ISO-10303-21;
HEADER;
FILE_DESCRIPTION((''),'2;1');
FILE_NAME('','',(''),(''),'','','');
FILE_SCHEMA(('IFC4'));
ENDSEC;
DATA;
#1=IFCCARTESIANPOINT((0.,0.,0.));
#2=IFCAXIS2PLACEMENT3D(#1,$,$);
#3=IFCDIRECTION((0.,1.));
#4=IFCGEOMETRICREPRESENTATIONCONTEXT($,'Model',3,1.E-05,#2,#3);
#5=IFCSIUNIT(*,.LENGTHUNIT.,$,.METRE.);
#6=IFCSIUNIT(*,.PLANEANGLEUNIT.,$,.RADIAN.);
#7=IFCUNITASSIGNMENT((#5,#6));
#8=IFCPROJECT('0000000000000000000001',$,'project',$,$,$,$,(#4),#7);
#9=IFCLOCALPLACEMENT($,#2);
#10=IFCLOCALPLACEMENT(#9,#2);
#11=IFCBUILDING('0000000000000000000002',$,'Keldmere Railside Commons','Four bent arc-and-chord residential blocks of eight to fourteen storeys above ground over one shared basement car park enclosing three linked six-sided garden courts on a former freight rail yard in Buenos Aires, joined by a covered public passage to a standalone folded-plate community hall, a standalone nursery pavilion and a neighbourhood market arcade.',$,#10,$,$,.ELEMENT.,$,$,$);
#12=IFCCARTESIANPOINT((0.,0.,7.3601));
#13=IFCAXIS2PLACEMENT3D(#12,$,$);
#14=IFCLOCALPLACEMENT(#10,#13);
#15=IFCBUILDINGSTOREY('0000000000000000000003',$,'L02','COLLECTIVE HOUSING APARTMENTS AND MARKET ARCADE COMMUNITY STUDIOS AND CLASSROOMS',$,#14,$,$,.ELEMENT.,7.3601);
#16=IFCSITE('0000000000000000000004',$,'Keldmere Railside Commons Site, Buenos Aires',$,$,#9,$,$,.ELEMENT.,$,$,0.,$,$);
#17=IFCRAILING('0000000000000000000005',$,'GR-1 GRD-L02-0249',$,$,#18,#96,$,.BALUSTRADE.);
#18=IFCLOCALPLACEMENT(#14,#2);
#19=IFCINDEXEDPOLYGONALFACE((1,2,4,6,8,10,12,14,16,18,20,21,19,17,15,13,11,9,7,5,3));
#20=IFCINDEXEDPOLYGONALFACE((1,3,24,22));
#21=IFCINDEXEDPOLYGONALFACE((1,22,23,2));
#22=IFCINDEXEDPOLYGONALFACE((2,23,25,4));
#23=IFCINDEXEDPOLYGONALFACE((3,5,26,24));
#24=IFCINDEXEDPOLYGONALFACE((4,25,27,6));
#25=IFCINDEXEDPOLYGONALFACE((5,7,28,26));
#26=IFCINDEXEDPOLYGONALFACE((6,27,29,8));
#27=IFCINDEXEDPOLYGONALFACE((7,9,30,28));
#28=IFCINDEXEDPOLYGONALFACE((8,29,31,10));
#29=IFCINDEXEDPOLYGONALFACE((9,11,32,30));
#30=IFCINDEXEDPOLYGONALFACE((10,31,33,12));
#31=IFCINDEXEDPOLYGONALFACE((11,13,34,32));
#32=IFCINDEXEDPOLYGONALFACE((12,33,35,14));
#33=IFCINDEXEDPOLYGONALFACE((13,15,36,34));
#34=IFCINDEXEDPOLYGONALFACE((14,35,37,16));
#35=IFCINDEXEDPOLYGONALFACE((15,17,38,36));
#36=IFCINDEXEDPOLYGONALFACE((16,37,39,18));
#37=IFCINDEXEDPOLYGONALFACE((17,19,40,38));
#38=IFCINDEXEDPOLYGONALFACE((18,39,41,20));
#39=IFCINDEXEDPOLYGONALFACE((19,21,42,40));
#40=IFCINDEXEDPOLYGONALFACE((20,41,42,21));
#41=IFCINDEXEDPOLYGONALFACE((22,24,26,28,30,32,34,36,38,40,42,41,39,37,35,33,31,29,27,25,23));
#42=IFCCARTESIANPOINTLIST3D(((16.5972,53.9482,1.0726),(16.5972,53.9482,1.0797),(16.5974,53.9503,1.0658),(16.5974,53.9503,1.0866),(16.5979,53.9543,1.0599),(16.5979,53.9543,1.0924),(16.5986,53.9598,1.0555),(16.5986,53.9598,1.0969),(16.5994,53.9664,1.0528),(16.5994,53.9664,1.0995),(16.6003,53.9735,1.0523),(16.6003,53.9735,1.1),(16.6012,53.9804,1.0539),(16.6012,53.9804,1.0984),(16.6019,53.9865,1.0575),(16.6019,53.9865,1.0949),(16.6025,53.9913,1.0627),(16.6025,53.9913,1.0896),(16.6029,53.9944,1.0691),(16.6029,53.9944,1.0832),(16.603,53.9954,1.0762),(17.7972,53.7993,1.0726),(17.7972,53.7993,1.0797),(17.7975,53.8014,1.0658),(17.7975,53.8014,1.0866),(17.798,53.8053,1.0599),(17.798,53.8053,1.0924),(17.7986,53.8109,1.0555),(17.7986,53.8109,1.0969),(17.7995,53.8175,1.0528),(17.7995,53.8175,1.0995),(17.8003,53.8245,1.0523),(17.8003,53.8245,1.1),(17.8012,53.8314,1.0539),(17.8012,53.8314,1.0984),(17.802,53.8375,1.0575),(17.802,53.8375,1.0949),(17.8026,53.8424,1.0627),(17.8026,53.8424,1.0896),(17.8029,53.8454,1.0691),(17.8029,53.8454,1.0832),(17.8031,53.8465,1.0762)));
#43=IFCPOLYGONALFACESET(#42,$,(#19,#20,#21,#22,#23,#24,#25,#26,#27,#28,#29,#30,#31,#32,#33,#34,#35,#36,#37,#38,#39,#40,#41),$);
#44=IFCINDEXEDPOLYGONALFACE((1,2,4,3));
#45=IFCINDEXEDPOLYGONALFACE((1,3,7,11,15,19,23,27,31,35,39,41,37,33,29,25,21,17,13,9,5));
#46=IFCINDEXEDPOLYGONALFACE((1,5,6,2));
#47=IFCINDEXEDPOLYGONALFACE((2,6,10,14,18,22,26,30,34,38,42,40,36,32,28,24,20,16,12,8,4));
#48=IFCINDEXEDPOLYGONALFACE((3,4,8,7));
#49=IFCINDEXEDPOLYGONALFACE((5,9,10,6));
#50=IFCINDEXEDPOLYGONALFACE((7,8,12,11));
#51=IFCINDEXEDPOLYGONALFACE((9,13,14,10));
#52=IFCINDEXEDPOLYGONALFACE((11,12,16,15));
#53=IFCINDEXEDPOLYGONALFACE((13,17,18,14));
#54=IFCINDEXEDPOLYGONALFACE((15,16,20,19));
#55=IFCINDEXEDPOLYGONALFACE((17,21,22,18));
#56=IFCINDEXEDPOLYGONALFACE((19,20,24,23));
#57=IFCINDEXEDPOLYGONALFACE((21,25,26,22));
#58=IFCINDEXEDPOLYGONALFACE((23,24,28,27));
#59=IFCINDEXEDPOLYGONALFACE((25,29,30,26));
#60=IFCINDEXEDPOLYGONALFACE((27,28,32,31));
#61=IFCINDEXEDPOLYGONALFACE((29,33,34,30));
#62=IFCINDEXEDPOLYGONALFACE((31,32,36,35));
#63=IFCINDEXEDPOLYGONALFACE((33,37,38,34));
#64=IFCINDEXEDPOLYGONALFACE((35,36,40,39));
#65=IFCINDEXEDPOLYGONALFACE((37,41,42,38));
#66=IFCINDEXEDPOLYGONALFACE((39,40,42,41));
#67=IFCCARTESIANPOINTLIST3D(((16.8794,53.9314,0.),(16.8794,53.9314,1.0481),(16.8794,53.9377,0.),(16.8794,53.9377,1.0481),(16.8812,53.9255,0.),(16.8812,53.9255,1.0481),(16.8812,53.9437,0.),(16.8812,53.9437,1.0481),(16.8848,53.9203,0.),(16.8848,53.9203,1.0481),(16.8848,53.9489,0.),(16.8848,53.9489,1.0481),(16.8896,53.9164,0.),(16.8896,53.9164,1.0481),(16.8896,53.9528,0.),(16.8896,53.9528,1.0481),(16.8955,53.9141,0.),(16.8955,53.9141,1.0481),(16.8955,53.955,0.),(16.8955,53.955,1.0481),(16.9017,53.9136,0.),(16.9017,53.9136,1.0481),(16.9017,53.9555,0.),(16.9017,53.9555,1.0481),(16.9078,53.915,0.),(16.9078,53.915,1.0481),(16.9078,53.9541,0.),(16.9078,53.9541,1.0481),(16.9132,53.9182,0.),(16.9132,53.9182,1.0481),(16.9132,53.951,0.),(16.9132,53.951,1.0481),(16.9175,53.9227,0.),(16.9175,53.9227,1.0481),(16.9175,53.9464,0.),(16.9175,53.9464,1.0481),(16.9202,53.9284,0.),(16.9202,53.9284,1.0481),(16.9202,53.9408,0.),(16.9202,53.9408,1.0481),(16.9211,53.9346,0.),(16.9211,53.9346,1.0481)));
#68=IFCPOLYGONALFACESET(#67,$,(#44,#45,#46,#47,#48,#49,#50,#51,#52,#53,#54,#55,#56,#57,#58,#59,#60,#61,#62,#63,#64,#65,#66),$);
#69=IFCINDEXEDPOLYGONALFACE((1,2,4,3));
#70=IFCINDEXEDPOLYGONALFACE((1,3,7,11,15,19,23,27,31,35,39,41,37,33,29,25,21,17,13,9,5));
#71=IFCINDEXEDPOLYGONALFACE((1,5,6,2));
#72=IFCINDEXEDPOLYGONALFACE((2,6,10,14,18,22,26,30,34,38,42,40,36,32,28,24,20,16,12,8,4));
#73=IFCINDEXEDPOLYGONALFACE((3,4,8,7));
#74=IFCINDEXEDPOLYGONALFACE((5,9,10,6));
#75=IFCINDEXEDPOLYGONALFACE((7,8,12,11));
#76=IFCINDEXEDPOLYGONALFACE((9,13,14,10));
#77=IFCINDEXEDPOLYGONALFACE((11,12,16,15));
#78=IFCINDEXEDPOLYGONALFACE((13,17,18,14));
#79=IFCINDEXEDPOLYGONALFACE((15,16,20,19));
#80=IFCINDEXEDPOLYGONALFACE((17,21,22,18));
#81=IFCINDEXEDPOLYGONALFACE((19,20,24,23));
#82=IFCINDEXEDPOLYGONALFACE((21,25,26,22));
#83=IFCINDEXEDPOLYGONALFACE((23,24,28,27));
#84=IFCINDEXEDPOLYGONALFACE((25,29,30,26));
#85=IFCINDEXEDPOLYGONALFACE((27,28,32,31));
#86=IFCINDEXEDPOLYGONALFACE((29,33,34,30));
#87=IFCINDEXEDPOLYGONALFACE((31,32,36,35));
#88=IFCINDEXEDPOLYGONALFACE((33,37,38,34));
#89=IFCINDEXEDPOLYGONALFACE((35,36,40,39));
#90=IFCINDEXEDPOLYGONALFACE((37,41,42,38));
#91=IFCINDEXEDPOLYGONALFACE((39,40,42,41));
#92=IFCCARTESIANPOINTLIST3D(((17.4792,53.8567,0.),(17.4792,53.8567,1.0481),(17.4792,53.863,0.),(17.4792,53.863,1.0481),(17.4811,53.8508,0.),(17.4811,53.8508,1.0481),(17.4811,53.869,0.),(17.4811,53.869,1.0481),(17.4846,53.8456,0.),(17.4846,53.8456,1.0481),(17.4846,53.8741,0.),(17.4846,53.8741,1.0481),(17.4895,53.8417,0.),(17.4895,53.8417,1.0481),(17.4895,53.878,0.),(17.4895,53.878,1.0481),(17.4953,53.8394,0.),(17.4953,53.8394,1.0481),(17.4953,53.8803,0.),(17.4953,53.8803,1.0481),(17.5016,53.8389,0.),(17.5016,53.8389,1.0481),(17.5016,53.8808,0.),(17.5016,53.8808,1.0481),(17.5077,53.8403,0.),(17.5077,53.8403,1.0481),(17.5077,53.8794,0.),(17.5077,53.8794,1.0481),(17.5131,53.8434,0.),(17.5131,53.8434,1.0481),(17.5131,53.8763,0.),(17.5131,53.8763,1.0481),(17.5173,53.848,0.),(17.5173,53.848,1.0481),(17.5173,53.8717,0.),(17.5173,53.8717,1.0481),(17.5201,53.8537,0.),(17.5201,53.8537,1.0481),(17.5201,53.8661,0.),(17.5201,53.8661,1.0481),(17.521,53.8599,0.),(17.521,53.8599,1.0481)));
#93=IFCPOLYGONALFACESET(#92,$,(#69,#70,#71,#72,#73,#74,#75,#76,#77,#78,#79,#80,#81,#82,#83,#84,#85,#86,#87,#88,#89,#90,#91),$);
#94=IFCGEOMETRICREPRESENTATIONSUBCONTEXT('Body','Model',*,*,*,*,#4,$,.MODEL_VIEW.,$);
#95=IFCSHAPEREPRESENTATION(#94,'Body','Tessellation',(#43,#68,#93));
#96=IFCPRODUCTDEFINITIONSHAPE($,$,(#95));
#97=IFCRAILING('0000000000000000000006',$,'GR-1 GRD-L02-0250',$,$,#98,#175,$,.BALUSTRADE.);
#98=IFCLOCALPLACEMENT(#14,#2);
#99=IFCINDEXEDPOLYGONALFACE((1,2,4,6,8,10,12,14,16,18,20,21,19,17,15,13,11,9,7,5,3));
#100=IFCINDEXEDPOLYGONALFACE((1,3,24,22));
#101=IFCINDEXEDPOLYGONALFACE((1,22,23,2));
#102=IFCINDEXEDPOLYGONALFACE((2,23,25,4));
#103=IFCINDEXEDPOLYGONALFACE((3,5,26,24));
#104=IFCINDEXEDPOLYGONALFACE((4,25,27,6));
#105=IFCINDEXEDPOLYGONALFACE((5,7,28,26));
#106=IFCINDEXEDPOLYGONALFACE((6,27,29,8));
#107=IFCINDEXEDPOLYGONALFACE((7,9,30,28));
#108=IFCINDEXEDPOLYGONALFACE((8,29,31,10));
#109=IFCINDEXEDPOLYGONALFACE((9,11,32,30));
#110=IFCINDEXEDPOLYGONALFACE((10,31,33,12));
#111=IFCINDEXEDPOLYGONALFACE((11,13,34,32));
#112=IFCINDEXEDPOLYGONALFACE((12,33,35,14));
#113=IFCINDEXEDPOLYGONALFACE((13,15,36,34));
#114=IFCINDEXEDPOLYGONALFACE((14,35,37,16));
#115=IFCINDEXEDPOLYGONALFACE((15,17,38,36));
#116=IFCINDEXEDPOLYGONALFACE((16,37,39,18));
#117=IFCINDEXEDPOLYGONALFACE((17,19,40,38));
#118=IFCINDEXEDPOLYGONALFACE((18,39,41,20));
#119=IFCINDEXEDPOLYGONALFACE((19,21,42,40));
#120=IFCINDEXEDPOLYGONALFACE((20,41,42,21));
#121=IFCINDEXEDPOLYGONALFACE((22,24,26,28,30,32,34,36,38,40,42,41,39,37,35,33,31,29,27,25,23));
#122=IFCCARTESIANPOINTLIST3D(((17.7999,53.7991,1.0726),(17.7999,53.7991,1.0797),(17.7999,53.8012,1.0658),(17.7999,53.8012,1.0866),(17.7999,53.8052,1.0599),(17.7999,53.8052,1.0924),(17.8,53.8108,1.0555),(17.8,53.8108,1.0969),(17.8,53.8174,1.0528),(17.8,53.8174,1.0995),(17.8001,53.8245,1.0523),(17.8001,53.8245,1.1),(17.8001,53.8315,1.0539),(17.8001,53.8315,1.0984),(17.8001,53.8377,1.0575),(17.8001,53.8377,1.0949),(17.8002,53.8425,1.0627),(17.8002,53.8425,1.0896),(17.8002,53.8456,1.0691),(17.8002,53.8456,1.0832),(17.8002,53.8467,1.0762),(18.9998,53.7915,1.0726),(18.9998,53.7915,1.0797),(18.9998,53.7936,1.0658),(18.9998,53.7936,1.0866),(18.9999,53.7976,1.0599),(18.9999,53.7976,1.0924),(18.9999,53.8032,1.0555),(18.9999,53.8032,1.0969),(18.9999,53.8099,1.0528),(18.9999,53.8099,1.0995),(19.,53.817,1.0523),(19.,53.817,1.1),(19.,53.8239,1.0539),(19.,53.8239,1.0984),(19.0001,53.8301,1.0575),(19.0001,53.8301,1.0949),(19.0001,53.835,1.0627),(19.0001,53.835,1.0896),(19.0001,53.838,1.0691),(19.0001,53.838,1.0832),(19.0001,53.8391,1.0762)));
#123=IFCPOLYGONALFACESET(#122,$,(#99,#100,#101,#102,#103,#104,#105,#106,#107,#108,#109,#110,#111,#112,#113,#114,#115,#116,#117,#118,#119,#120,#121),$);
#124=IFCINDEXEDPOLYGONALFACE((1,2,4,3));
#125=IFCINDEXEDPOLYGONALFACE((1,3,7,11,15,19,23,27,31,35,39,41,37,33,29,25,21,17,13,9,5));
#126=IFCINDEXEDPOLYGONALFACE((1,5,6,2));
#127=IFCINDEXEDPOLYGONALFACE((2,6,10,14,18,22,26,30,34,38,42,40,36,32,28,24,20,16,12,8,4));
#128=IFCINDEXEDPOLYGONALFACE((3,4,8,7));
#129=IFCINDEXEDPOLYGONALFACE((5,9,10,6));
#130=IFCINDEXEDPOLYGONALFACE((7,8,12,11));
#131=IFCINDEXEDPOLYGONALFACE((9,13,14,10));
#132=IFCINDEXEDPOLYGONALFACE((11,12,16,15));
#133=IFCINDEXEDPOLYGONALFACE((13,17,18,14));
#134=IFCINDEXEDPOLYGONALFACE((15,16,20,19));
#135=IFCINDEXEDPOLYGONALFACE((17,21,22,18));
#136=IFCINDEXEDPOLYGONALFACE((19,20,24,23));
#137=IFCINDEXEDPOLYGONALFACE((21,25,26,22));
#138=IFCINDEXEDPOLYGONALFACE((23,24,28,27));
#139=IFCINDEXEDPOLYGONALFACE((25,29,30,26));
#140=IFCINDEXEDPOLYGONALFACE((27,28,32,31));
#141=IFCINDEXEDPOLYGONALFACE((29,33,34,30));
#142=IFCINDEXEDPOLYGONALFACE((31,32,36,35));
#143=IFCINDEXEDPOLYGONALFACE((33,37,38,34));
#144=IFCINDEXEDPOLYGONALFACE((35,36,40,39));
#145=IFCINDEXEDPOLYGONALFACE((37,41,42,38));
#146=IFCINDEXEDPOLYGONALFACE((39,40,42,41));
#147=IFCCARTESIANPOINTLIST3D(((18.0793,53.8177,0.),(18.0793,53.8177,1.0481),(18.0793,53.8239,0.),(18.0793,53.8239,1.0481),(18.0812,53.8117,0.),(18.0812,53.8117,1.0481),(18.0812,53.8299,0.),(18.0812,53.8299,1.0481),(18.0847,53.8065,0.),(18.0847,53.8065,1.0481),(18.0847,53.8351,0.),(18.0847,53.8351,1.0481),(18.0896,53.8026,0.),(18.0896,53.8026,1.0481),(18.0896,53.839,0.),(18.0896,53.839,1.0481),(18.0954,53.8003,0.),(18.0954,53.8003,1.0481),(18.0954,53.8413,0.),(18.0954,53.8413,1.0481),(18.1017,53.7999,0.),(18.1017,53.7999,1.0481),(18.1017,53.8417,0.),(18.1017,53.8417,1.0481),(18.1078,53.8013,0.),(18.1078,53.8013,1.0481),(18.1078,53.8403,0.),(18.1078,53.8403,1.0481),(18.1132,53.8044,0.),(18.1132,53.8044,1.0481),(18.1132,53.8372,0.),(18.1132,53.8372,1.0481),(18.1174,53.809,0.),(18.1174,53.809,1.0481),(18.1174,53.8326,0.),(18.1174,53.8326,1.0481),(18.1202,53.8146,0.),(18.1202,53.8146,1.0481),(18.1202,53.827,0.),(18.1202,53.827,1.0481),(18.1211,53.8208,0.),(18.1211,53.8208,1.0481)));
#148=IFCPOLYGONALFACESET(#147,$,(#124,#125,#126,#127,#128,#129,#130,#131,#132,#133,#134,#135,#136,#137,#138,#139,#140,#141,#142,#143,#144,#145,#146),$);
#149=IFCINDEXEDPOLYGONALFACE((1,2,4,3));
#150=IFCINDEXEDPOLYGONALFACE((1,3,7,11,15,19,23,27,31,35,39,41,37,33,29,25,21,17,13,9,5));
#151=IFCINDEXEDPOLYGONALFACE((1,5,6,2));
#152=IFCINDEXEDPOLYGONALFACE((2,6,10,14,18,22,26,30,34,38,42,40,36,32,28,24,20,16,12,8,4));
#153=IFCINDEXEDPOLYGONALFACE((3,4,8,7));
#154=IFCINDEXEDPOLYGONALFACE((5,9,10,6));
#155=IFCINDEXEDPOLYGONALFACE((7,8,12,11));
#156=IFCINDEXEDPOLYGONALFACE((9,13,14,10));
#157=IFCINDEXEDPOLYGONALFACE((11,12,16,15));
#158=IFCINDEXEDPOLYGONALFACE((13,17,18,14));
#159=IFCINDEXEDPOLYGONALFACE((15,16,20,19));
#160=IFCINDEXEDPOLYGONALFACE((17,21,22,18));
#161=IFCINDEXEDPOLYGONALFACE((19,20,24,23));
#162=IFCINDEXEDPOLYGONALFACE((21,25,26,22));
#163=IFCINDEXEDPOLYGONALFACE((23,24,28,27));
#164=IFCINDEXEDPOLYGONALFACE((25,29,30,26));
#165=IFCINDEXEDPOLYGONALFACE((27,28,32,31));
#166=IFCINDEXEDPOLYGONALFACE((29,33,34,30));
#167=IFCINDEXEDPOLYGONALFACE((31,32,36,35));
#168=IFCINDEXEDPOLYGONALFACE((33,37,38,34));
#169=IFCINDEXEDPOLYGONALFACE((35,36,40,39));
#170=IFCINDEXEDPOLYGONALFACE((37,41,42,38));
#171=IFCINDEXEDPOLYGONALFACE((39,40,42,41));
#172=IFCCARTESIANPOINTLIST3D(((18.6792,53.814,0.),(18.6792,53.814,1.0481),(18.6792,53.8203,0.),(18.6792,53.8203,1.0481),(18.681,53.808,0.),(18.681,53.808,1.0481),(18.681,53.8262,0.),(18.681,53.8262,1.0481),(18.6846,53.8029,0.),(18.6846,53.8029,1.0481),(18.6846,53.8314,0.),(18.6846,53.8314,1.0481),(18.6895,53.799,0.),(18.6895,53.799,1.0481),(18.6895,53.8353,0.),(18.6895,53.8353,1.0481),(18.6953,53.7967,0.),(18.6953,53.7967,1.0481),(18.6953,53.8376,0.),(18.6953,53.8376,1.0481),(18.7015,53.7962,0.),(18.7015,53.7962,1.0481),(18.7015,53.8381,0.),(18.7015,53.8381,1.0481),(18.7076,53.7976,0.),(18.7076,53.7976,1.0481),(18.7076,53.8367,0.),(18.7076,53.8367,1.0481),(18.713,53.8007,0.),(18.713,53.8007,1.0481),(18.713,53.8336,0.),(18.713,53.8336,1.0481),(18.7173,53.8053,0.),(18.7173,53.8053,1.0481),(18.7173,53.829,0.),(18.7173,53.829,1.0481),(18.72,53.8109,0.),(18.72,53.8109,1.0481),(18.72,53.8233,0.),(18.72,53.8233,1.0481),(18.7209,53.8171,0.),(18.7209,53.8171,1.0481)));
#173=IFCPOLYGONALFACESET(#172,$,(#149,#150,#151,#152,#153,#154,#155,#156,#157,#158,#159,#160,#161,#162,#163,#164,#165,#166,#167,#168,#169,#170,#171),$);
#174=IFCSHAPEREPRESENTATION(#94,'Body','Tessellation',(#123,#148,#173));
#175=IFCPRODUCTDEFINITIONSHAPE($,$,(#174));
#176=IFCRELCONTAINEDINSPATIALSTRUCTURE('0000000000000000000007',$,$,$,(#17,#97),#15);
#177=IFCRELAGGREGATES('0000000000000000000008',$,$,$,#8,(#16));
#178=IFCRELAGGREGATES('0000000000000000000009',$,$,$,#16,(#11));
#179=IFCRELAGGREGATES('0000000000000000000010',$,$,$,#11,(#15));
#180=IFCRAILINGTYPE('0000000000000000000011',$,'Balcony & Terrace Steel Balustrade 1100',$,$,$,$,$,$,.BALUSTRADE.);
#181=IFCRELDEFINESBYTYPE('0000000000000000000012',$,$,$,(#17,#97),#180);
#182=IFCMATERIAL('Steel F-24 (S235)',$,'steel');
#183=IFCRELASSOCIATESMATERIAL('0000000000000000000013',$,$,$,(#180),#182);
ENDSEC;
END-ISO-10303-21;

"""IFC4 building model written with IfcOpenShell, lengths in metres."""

from ifc_helpers import new_model, si_unit, direction, frame, origin, origin_2d, place, context, subcontext, project, spatial, circle, extrude, material, type_object, element, save


model = new_model("IFC4")

# Units and contexts
model_context = context("Model", 3, precision=1e-05, world=origin(), true_north=direction((0.0, 1.0)))
body_context = subcontext(model_context, "Body", "Model", "MODEL_VIEW")
ifc_project = project(units=[si_unit("LENGTHUNIT", "METRE"), si_unit("PLANEANGLEUNIT", "RADIAN")], contexts=[model_context])

# Site, building, storey
site_placement = place(None, origin())
site = spatial("IfcSite", under=ifc_project, at=site_placement, Name="Keldmere Railside Commons Site, Buenos Aires", CompositionType="ELEMENT", RefElevation=0.0)
building_placement = place(site_placement, origin())
building = spatial("IfcBuilding", under=site, at=building_placement, Name="Keldmere Railside Commons", Description="Four bent arc-and-chord residential blocks of eight to fourteen storeys above ground over one shared basement car park enclosing three linked six-sided garden courts on a former freight rail yard in Buenos Aires, joined by a covered public passage to a standalone folded-plate community hall, a standalone nursery pavilion and a neighbourhood market arcade.", CompositionType="ELEMENT")
storey_placement = place(building_placement, frame((0.0, 0.0, 7.3601)))
storey = spatial("IfcBuildingStorey", under=building, at=storey_placement, Name="L02", Description="COLLECTIVE HOUSING APARTMENTS AND MARKET ARCADE COMMUNITY STUDIOS AND CLASSROOMS", CompositionType="ELEMENT", Elevation=7.3601)

# Shared definitions
ifc_material_1 = material(Name="Steel F-24 (S235)", Category="steel")

# Railings
railing_type = type_object("IfcRailingType", Name="Balcony & Terrace Steel Balustrade 1100", PredefinedType="BALUSTRADE", material=ifc_material_1)
railing_1_placement = place(storey_placement, frame((16.6001, 53.9717, 0.0)))
element("IfcRailing", 1, at=railing_1_placement, inside=storey, type_object=railing_type, Name="GR-1 GRD-L02-0249", PredefinedType="BALUSTRADE", context=body_context, shape_type="SweptSolid", body=[
    extrude(circle(Radius=0.0239, at=origin_2d()), frame((0.0, 0.0, 1.0762), z_axis=(0.992386, -0.123165, 0.0), x_axis=(0.123165, 0.992386, 0.0)), (0.0, 0.0, 1.0), 1.2092),
    extrude(circle(Radius=0.021, at=origin_2d()), frame((0.3, -0.0371, 0.0)), (0.0, 0.0, 1.0), 1.0481),
    extrude(circle(Radius=0.021, at=origin_2d()), frame((0.8999, -0.1118, 0.0)), (0.0, 0.0, 1.0), 1.0481),
])
railing_2_placement = place(storey_placement, frame((17.8, 53.8228, 0.0)))
element("IfcRailing", 2, at=railing_2_placement, inside=storey, type_object=railing_type, Name="GR-1 GRD-L02-0250", PredefinedType="BALUSTRADE", context=body_context, shape_type="SweptSolid", body=[
    extrude(circle(Radius=0.0239, at=origin_2d()), frame((0.0, 0.0, 1.0762), z_axis=(0.99998, -0.006307, 0.0), x_axis=(0.006307, 0.99998, 0.0)), (0.0, 0.0, 1.0), 1.2),
    extrude(circle(Radius=0.021, at=origin_2d()), frame((0.3, -0.002, 0.0)), (0.0, 0.0, 1.0), 1.0481),
    extrude(circle(Radius=0.021, at=origin_2d()), frame((0.8999, -0.0056, 0.0)), (0.0, 0.0, 1.0), 1.0481),
])

save(model, "model.ifc")
